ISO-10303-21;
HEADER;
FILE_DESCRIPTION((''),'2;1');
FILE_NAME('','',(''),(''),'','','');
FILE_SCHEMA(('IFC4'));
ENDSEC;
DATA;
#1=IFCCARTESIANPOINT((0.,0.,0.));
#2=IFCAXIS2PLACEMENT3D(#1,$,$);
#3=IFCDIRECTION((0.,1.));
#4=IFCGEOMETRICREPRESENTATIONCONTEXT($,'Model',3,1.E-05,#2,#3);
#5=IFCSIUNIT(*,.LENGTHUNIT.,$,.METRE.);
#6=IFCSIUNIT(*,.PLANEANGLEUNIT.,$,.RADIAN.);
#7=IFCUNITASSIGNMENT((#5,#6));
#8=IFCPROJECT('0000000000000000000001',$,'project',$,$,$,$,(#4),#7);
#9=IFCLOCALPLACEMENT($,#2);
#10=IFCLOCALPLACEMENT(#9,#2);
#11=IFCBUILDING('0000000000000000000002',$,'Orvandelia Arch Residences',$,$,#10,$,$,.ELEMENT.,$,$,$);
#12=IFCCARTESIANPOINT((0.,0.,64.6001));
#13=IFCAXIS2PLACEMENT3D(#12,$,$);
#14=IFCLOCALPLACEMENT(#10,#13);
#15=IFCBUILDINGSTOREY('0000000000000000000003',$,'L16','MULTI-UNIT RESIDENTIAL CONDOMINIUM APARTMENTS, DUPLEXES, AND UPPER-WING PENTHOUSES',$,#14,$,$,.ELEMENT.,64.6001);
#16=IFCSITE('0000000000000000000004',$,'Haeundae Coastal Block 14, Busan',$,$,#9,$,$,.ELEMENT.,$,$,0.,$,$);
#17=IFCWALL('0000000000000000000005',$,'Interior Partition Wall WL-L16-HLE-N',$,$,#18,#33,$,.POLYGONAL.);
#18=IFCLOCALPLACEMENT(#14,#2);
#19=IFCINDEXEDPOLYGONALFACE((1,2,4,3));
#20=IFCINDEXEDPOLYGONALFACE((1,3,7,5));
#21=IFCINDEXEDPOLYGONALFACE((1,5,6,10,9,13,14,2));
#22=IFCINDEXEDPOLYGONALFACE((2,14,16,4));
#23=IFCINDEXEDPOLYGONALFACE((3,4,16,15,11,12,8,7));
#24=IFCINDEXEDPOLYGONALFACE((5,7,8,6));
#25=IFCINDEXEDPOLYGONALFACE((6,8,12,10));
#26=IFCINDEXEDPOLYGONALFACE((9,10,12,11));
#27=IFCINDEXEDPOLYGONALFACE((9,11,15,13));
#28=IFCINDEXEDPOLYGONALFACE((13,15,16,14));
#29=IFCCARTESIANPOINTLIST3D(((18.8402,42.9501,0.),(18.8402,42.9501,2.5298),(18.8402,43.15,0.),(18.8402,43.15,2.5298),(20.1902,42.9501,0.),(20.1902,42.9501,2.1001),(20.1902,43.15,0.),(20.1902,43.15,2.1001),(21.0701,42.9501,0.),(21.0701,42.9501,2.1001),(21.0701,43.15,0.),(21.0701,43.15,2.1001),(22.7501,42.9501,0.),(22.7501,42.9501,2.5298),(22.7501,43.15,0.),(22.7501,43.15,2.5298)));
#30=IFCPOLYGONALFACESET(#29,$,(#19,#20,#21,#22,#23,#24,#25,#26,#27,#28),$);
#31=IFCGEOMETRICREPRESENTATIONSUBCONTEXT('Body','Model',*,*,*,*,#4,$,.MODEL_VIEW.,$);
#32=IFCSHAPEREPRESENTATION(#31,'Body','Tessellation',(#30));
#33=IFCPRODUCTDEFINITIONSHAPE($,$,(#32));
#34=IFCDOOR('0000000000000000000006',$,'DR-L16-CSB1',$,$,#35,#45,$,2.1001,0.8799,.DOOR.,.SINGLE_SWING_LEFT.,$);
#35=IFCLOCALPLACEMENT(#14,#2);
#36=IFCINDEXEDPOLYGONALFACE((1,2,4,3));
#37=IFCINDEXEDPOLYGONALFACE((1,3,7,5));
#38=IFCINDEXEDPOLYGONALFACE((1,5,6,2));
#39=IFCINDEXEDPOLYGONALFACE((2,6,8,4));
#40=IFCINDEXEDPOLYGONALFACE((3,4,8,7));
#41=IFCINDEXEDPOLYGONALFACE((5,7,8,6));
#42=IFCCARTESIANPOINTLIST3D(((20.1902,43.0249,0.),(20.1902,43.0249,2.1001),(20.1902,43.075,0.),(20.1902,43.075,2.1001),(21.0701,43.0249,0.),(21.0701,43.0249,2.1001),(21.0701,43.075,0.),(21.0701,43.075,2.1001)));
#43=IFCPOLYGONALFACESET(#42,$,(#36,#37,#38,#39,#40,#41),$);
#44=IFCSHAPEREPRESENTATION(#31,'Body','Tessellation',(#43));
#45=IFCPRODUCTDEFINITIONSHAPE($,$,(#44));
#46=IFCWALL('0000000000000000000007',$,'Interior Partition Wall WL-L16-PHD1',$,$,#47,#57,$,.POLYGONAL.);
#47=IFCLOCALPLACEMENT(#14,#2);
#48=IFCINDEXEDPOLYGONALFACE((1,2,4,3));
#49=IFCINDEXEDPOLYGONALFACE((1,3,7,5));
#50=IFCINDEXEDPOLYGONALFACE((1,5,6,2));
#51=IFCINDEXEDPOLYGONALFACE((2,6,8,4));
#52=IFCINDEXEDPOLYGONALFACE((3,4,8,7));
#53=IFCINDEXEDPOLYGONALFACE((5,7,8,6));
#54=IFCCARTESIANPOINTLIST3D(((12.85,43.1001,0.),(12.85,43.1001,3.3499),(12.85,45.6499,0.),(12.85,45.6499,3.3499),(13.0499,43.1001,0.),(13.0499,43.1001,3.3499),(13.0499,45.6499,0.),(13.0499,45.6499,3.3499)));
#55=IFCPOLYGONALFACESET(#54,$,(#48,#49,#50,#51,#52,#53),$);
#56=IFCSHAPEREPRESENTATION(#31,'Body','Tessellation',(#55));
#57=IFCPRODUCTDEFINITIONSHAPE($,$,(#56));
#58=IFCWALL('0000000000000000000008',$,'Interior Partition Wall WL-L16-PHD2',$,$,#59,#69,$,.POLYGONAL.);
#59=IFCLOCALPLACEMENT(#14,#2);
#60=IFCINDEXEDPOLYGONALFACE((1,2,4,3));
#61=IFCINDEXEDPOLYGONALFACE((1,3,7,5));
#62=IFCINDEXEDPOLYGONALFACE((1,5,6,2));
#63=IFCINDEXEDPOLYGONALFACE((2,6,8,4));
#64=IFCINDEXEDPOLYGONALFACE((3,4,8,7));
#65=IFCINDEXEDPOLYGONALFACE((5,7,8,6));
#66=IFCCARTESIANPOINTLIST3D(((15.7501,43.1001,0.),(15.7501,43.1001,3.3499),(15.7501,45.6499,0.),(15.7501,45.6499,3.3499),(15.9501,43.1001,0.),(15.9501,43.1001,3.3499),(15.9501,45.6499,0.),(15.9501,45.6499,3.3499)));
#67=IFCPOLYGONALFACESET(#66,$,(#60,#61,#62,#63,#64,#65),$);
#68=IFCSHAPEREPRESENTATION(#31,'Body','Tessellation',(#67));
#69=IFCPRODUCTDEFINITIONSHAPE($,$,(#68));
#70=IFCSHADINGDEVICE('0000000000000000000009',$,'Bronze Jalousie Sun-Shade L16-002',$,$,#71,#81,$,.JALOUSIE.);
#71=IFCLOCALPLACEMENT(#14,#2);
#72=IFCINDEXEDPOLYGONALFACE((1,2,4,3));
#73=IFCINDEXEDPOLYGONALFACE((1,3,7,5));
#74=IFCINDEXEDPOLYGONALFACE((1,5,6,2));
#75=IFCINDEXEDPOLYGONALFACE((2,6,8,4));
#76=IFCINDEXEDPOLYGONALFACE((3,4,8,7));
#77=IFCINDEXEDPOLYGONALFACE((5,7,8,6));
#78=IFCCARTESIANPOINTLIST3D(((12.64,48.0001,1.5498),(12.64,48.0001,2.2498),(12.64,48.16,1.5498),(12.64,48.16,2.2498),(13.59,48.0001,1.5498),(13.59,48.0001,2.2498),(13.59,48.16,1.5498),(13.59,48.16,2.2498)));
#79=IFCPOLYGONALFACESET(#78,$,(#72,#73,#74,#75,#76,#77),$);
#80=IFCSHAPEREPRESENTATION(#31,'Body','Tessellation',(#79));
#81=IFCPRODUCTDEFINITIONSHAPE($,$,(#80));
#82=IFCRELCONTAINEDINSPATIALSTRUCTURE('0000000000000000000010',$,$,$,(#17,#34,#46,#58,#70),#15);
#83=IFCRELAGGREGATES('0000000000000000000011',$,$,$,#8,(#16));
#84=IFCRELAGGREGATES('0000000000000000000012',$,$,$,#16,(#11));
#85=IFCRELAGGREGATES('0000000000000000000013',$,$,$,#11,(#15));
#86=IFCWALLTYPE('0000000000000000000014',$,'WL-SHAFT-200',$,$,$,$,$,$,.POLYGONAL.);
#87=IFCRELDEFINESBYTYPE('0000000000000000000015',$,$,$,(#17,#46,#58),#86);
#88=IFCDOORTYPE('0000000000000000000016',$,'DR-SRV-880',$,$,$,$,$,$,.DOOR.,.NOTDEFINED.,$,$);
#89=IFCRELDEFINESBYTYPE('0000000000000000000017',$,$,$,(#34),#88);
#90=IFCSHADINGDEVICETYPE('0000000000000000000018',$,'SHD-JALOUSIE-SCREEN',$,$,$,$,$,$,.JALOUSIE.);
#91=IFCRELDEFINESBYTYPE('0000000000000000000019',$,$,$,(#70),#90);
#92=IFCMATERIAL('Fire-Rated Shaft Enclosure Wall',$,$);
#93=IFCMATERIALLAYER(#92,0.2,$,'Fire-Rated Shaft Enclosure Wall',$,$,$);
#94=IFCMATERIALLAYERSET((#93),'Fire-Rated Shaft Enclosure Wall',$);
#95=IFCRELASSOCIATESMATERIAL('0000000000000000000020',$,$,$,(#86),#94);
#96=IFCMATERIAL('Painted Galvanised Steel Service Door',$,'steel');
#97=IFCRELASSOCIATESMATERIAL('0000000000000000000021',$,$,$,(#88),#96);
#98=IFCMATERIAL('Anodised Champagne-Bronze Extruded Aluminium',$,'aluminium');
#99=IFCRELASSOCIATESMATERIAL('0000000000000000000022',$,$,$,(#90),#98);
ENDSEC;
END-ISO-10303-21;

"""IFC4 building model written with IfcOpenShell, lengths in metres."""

from ifc_helpers import new_model, si_unit, direction, frame, frame_2d, origin, origin_2d, place, context, subcontext, project, spatial, rectangle, extrude, material, layer, layer_set, type_object, element, fill, save


model = new_model("IFC4")

# Units and contexts
model_context = context("Model", 3, precision=1e-05, world=origin(), true_north=direction((0.0, 1.0)))
body_context = subcontext(model_context, "Body", "Model", "MODEL_VIEW")
ifc_project = project(units=[si_unit("LENGTHUNIT", "METRE"), si_unit("PLANEANGLEUNIT", "RADIAN")], contexts=[model_context])

# Site, building, storey
site_placement = place(None, origin())
site = spatial("IfcSite", under=ifc_project, at=site_placement, Name="Haeundae Coastal Block 14, Busan", CompositionType="ELEMENT", RefElevation=0.0)
building_placement = place(site_placement, origin())
building = spatial("IfcBuilding", under=site, at=building_placement, Name="Orvandelia Arch Residences", CompositionType="ELEMENT")
storey_placement = place(building_placement, frame((0.0, 0.0, 64.6001)))
storey = spatial("IfcBuildingStorey", under=building, at=storey_placement, Name="L16", Description="MULTI-UNIT RESIDENTIAL CONDOMINIUM APARTMENTS, DUPLEXES, AND UPPER-WING PENTHOUSES", CompositionType="ELEMENT", Elevation=64.6001)

# Shared definitions
ifc_material_1 = material(Name="Fire-Rated Shaft Enclosure Wall")
ifc_layer_1 = layer(ifc_material_1, 0.2, Name="Fire-Rated Shaft Enclosure Wall")
ifc_layer_set_1 = layer_set([ifc_layer_1], Name="Fire-Rated Shaft Enclosure Wall")
wall_type_1 = type_object("IfcWallType", Name="WL-SHAFT-200", PredefinedType="POLYGONAL", material=ifc_layer_set_1)

# Shared definitions
ifc_material_2 = material(Name="Painted Galvanised Steel Service Door", Category="steel")
door_type_1 = type_object("IfcDoorType", Name="DR-SRV-880", OperationType="NOTDEFINED", PredefinedType="DOOR", material=ifc_material_2)

# Wall, opening, door
wall_1_placement = place(storey_placement, frame((18.8401, 43.05, 0.0), z_axis=(0.0, 0.0, 1.0), x_axis=(1.0, 0.0, 0.0)))
wall_1 = element("IfcWall", 1, at=wall_1_placement, inside=storey, type_object=wall_type_1, Name="Interior Partition Wall WL-L16-HLE-N", PredefinedType="POLYGONAL", context=body_context, shape_type="SweptSolid", body=[
    extrude(rectangle(XDim=3.9099, YDim=0.2, at=frame_2d((1.9551, 0.0))), origin(), (0.0, 0.0, 1.0), 2.5298),
])
opening_1_placement = place(wall_1_placement, frame((1.3501, 0.0, 0.0)))
opening_1 = element("IfcOpeningElement", 2, at=opening_1_placement, cuts=wall_1, PredefinedType="OPENING", context=body_context, shape_type="SweptSolid", body=[
    extrude(rectangle(XDim=0.8799, YDim=2.1001, at=frame_2d((0.4399, 1.05))), frame((0.0, 0.1099, 0.0), z_axis=(0.0, -1.0, 0.0), x_axis=(1.0, 0.0, 0.0)), (0.0, 0.0, 1.0), 0.22),
])
door_1_placement = place(opening_1_placement, origin())
door_1 = element("IfcDoor", 3, at=door_1_placement, inside=storey, type_object=door_type_1, Name="DR-L16-CSB1", OperationType="SINGLE_SWING_LEFT", OverallHeight=2.1001, OverallWidth=0.8799, PredefinedType="DOOR", context=body_context, shape_type="SweptSolid", body=[
    extrude(rectangle(XDim=0.8799, YDim=2.1001, at=frame_2d((0.4399, 1.05))), frame((0.0, 0.0249, 0.0), z_axis=(0.0, -1.0, 0.0), x_axis=(1.0, 0.0, 0.0)), (0.0, 0.0, 1.0), 0.05),
])
fill(opening_1, door_1)

# Walls
for number, where, z_axis, x_axis, name in (
    (4, (12.95, 43.1001, 0.0), (0.0, 0.0, 1.0), (0.0, 1.0, 0.0), "Interior Partition Wall WL-L16-PHD1"),
    (5, (15.8501, 43.1001, 0.0), (0.0, 0.0, 1.0), (0.0, 1.0, 0.0), "Interior Partition Wall WL-L16-PHD2"),
):
    element("IfcWall", number, at=place(storey_placement, frame(where, z_axis=z_axis, x_axis=x_axis)), inside=storey, type_object=wall_type_1, Name=name, PredefinedType="POLYGONAL", context=body_context, shape_type="SweptSolid", body=[
        extrude(rectangle(XDim=2.5498, YDim=0.2, at=frame_2d((1.2749, 0.0))), origin(), (0.0, 0.0, 1.0), 3.3499),
    ])

# Shading device
ifc_material_3 = material(Name="Anodised Champagne-Bronze Extruded Aluminium", Category="aluminium")
shading_device_type = type_object("IfcShadingDeviceType", Name="SHD-JALOUSIE-SCREEN", PredefinedType="JALOUSIE", material=ifc_material_3)
shading_device_placement = place(storey_placement, frame((13.115, 48.0801, 1.5498), z_axis=(0.0, 0.0, 1.0), x_axis=(1.0, 0.0, 0.0)))
element("IfcShadingDevice", 6, at=shading_device_placement, inside=storey, type_object=shading_device_type, Name="Bronze Jalousie Sun-Shade L16-002", PredefinedType="JALOUSIE", context=body_context, shape_type="SweptSolid", body=[
    extrude(rectangle(XDim=0.95, YDim=0.1599, at=origin_2d()), origin(), (0.0, 0.0, 1.0), 0.7),
])

save(model, "model.ifc")
